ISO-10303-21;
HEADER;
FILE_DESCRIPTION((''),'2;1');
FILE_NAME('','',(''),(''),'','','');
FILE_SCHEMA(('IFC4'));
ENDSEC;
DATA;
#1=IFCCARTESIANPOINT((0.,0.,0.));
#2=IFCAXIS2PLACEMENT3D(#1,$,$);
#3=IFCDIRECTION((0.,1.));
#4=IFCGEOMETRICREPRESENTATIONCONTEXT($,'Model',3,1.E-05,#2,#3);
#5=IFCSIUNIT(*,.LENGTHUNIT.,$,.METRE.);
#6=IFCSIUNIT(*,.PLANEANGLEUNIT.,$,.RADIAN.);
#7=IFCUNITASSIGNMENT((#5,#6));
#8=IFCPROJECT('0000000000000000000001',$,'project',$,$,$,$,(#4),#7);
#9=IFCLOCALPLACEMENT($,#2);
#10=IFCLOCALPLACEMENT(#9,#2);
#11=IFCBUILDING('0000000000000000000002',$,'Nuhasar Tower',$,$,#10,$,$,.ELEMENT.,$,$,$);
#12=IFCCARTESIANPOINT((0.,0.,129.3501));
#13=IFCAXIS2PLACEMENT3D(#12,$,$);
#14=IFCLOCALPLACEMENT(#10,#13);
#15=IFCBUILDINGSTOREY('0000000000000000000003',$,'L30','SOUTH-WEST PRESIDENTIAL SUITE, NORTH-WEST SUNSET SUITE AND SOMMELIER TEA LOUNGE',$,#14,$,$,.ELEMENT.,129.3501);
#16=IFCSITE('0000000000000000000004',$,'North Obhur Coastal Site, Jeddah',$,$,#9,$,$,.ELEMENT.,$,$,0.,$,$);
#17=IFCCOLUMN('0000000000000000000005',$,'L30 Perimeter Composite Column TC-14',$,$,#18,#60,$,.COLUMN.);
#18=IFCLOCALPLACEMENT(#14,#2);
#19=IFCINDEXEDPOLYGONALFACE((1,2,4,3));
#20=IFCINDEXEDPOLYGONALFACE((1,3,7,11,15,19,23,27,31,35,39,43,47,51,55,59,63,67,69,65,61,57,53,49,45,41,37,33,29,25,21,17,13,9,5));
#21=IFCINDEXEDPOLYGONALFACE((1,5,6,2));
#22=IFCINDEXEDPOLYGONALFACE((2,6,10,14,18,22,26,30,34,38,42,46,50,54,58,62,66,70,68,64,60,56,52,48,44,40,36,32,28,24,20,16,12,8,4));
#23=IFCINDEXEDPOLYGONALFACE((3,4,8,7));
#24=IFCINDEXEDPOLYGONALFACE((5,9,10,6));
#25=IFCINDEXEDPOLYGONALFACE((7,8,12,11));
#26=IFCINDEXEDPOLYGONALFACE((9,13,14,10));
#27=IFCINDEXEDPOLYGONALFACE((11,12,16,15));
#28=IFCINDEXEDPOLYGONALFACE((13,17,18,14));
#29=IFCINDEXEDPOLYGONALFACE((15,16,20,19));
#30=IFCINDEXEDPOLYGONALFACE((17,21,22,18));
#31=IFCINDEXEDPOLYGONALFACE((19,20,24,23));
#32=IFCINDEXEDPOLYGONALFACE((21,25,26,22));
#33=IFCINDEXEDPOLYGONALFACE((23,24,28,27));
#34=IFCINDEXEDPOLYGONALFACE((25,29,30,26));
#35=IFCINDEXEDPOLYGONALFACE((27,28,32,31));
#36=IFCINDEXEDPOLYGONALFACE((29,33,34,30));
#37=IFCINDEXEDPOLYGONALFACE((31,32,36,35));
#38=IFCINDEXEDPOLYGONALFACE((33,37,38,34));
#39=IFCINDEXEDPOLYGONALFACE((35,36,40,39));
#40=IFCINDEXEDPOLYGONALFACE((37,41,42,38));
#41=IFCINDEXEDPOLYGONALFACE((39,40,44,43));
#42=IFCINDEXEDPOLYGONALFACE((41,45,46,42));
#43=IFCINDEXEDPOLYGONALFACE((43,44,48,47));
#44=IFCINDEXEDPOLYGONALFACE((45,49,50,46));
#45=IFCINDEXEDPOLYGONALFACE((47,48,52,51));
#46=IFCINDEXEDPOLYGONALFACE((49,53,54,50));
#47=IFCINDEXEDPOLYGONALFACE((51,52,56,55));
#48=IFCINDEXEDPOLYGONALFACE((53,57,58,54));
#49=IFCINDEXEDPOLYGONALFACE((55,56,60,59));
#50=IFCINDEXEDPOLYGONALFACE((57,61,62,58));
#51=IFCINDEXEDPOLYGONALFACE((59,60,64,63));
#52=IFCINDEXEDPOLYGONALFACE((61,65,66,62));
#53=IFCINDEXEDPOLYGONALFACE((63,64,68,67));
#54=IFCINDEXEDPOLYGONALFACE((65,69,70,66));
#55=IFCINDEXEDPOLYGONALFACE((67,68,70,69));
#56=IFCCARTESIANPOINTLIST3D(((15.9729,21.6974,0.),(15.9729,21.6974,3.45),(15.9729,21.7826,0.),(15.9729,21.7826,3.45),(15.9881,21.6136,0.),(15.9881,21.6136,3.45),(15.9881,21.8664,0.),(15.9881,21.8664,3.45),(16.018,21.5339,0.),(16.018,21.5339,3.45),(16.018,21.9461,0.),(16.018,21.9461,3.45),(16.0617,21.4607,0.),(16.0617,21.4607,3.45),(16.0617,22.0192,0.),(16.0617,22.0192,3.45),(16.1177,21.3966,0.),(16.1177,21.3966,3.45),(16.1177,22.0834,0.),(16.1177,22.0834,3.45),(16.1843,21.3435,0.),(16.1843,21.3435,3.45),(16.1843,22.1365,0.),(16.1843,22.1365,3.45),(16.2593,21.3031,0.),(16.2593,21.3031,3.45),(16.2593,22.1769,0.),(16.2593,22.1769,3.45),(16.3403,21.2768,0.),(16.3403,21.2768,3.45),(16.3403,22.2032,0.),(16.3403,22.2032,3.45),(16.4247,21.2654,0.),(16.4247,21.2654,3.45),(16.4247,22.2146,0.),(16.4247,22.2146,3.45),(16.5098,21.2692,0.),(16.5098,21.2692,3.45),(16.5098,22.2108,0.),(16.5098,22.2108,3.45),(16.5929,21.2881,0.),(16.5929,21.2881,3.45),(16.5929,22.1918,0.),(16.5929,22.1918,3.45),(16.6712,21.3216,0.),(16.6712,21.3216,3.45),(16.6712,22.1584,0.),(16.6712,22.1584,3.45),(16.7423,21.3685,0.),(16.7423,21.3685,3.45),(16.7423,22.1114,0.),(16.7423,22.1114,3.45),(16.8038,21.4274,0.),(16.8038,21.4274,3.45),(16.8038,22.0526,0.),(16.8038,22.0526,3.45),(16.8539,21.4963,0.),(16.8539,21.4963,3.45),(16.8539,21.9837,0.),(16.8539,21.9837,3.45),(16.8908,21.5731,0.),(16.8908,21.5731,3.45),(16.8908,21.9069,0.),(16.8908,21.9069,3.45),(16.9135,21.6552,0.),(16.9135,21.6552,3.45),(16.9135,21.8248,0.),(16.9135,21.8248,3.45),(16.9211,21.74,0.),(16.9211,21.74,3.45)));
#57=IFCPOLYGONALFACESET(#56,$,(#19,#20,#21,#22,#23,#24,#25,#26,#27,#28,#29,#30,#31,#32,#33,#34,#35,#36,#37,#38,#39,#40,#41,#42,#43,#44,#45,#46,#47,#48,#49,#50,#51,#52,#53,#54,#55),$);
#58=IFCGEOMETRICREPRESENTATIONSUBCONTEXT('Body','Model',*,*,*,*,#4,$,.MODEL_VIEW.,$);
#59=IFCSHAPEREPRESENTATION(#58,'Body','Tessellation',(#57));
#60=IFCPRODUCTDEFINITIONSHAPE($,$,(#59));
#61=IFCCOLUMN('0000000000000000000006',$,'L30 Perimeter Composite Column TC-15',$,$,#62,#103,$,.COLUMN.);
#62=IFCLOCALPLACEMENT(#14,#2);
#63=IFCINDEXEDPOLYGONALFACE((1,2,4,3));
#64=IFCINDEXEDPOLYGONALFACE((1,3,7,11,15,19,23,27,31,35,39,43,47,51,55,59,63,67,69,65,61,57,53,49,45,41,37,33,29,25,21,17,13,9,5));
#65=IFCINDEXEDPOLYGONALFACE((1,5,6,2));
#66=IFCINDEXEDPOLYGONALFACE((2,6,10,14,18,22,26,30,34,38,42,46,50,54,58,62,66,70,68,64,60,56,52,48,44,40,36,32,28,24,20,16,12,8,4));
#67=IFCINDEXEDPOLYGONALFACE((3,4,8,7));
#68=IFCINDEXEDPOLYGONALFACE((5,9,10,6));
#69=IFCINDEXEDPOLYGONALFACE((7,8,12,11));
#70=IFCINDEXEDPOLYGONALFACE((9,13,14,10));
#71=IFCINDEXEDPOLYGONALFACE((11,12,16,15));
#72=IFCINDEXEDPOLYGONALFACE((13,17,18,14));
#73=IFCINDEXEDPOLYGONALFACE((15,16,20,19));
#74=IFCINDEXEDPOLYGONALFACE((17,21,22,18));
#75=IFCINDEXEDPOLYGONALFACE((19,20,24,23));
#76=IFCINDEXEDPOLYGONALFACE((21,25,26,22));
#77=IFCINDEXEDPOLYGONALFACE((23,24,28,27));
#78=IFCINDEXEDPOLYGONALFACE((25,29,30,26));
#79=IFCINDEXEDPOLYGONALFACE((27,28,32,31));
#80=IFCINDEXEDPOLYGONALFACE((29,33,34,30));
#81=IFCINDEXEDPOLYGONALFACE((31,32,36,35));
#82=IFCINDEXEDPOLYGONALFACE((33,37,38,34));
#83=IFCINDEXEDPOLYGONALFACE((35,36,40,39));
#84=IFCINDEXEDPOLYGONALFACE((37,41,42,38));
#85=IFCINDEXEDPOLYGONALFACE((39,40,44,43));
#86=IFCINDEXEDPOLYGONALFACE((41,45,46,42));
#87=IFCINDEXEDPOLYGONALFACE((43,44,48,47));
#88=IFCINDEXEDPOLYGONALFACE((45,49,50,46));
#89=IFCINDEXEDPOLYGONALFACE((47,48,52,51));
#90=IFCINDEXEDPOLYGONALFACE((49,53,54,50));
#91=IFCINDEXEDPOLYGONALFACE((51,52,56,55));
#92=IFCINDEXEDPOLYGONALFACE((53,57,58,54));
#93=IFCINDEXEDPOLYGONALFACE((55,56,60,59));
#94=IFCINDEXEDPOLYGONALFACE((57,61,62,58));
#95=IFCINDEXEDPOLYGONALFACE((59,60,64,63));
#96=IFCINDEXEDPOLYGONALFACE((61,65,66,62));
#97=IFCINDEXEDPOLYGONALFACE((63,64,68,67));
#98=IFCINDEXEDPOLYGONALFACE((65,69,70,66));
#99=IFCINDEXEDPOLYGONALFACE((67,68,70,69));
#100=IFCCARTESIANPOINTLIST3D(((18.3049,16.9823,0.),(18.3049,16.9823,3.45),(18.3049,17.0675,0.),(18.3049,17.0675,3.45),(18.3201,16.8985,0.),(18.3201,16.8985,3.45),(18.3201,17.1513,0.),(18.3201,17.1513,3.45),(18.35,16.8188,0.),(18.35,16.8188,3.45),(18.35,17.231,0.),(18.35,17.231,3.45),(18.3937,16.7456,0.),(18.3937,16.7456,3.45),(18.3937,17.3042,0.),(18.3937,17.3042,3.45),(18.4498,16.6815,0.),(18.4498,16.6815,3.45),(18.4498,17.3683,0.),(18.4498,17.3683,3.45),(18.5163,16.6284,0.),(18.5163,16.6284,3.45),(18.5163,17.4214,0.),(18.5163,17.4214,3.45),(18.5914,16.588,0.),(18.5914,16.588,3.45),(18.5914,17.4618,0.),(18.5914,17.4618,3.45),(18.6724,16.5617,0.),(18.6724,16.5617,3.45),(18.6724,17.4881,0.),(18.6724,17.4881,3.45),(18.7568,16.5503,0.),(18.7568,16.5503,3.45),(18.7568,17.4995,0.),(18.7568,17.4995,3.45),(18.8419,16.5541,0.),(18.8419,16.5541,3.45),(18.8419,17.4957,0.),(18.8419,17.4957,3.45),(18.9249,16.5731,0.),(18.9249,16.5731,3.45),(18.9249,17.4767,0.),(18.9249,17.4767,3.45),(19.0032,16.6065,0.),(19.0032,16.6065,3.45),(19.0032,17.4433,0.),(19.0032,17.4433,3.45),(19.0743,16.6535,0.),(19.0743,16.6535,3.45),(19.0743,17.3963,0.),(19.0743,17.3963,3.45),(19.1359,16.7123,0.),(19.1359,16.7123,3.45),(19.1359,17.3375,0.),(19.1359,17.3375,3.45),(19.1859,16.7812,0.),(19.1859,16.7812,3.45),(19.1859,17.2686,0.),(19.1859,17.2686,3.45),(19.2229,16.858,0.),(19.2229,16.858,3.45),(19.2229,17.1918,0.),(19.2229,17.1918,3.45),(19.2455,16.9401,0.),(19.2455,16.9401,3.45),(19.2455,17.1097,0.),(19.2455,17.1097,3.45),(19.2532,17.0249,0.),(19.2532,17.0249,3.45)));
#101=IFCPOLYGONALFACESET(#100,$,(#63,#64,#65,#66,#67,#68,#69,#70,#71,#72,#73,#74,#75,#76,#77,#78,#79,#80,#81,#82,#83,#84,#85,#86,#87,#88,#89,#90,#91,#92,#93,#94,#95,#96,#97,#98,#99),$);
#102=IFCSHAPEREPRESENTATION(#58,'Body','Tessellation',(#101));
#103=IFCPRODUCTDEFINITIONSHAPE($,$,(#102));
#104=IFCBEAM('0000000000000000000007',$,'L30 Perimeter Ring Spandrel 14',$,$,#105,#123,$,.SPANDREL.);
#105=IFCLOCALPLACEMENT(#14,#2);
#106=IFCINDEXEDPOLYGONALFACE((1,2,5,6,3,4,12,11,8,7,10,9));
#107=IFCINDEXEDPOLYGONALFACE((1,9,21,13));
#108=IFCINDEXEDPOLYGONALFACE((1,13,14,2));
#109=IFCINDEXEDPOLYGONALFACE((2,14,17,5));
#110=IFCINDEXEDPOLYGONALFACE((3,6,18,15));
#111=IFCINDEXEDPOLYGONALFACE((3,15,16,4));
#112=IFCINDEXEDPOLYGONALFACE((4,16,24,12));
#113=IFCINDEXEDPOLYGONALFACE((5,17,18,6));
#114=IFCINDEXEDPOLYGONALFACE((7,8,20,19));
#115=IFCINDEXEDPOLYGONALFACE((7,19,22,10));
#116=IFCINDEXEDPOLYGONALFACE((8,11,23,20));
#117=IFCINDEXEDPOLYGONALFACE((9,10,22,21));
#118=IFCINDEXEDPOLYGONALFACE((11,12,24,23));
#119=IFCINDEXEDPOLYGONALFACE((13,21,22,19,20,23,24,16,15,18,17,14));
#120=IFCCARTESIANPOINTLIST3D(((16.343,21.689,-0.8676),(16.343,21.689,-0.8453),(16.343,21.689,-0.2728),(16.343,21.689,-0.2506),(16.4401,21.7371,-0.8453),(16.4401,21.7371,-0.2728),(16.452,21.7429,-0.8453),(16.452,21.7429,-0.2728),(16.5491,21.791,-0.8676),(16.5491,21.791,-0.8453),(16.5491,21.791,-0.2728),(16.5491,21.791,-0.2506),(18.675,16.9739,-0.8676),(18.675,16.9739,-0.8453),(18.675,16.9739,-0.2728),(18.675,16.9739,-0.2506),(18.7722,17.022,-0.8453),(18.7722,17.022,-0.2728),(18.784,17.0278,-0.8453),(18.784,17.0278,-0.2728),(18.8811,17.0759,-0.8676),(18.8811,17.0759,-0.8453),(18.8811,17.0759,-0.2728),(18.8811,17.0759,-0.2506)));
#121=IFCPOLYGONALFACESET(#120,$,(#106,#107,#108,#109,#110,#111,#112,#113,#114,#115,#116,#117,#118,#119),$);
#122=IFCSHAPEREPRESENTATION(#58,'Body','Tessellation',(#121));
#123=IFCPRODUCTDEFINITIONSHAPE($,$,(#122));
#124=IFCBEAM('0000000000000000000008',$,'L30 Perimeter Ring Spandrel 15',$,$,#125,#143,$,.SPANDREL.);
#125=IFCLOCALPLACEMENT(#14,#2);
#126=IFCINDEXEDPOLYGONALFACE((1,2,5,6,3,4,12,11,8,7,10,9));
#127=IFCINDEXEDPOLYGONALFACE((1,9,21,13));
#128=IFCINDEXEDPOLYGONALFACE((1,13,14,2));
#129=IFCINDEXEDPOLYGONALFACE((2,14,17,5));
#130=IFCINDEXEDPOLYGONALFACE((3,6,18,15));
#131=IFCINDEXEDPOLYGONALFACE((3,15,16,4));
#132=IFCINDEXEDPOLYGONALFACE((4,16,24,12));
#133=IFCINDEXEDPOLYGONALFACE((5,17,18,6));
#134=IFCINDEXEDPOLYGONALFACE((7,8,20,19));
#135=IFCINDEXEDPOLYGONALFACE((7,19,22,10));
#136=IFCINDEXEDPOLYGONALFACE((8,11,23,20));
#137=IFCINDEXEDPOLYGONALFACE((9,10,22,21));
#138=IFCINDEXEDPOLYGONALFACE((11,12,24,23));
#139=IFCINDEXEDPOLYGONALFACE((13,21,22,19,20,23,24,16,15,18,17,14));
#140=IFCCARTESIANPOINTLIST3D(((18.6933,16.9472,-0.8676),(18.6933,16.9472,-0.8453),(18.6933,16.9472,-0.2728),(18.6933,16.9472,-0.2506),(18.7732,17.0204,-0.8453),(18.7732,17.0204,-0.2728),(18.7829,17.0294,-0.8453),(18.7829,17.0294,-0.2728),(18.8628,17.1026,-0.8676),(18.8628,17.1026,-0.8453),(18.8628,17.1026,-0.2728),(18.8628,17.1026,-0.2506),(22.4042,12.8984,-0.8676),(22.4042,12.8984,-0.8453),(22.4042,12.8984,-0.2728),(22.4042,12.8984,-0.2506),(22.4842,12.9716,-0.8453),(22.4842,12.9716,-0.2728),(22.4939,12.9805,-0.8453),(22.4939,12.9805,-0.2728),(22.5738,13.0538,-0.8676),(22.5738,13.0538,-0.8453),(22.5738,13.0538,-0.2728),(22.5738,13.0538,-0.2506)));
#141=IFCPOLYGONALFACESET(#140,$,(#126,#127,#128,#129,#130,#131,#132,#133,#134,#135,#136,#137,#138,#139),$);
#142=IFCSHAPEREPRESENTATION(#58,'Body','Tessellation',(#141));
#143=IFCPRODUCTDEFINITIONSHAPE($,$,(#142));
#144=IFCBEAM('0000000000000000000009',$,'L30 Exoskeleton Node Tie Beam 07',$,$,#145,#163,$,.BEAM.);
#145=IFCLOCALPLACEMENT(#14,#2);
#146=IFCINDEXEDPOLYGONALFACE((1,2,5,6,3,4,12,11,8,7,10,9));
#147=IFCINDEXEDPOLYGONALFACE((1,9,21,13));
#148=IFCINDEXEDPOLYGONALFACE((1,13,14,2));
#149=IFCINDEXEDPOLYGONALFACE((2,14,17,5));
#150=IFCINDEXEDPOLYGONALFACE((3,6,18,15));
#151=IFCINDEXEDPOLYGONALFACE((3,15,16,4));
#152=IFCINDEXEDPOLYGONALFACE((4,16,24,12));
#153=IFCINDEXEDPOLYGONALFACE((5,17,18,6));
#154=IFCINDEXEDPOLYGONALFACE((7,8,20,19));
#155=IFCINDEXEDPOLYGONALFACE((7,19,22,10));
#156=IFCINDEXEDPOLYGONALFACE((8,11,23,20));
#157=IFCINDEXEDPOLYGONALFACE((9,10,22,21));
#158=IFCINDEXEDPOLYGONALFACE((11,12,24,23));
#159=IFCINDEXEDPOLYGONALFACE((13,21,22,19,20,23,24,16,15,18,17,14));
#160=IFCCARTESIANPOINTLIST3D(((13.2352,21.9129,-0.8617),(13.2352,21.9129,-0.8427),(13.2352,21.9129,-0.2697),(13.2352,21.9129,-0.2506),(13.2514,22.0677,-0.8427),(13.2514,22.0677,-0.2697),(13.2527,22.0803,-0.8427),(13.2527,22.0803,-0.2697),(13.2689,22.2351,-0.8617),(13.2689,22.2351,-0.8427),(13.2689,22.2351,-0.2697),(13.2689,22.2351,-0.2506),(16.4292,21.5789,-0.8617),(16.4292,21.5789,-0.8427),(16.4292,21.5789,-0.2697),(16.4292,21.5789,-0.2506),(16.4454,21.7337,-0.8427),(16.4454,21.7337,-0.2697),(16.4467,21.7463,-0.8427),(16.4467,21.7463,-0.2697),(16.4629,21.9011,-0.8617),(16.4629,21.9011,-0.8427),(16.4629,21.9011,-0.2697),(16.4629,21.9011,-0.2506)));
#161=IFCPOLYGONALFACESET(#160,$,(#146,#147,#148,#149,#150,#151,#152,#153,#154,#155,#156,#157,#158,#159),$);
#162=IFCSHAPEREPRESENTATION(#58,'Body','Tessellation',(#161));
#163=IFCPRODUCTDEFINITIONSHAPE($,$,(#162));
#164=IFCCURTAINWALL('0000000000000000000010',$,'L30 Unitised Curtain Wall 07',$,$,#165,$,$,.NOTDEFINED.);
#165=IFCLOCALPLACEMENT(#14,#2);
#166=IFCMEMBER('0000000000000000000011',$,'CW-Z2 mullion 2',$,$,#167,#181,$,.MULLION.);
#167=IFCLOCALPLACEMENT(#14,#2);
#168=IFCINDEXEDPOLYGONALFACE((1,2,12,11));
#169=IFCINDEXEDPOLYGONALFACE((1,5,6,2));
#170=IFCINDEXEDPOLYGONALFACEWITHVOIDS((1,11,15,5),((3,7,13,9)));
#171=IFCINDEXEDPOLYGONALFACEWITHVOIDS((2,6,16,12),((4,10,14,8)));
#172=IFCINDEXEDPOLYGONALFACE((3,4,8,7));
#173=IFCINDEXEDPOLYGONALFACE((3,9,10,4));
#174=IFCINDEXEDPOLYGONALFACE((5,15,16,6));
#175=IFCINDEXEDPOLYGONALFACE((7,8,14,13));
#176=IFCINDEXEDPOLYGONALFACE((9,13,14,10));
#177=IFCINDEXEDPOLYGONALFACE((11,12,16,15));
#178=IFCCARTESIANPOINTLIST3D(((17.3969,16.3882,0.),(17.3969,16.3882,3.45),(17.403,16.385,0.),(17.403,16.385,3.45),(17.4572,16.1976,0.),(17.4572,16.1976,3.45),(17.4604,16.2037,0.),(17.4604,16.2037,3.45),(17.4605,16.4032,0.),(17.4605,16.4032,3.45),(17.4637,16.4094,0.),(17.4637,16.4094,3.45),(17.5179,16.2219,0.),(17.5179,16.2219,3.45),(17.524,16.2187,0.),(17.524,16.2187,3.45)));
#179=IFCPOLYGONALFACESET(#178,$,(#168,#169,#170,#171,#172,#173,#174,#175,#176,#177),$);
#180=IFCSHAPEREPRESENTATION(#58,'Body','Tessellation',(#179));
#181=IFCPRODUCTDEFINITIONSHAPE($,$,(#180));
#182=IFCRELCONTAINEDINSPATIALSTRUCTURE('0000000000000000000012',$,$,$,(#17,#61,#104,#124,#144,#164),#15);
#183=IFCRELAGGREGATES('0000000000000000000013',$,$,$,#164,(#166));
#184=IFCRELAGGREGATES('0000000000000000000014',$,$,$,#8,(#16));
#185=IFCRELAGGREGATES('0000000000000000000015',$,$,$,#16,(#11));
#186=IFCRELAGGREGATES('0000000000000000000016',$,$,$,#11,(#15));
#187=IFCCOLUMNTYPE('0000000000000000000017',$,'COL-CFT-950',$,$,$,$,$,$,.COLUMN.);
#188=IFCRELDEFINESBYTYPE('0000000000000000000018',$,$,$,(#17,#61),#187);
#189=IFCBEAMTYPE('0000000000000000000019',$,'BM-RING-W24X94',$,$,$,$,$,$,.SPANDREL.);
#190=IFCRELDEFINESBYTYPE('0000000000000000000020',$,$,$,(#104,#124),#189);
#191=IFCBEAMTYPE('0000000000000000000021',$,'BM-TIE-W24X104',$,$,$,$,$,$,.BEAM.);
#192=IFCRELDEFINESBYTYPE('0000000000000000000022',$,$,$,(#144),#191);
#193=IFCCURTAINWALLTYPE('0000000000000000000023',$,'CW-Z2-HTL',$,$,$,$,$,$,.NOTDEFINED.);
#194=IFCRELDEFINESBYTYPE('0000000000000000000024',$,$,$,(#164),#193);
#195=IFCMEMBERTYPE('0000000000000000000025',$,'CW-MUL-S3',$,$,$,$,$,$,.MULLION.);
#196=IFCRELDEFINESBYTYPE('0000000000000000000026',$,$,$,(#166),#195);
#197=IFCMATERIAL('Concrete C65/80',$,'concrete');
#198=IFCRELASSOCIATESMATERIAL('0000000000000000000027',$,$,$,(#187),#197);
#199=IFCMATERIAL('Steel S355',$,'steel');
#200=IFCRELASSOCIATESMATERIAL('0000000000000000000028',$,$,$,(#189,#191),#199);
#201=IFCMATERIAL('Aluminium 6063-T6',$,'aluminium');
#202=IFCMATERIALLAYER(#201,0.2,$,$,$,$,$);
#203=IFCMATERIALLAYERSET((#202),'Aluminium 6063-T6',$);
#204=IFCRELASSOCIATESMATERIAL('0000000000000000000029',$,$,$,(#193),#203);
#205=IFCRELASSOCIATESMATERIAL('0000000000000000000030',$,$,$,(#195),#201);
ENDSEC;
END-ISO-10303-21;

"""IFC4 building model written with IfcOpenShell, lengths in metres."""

from ifc_helpers import new_model, si_unit, direction, frame, origin, origin_2d, place, context, subcontext, project, spatial, hollow_rectangle, circle, i_section, extrude, material, layer, layer_set, material_profile, profile_set, type_object, element, aggregate, save


model = new_model("IFC4")

# Units and contexts
model_context = context("Model", 3, precision=1e-05, world=origin(), true_north=direction((0.0, 1.0)))
body_context = subcontext(model_context, "Body", "Model", "MODEL_VIEW")
ifc_project = project(units=[si_unit("LENGTHUNIT", "METRE"), si_unit("PLANEANGLEUNIT", "RADIAN")], contexts=[model_context])

# Site, building, storey
site_placement = place(None, origin())
site = spatial("IfcSite", under=ifc_project, at=site_placement, Name="North Obhur Coastal Site, Jeddah", CompositionType="ELEMENT", RefElevation=0.0)
building_placement = place(site_placement, origin())
building = spatial("IfcBuilding", under=site, at=building_placement, Name="Nuhasar Tower", CompositionType="ELEMENT")
storey_placement = place(building_placement, frame((0.0, 0.0, 129.3501)))
storey = spatial("IfcBuildingStorey", under=building, at=storey_placement, Name="L30", Description="SOUTH-WEST PRESIDENTIAL SUITE, NORTH-WEST SUNSET SUITE AND SOMMELIER TEA LOUNGE", CompositionType="ELEMENT", Elevation=129.3501)

# Columns
ifc_material_1 = material(Name="Concrete C65/80", Category="concrete")
ifc_material_profile_1 = material_profile(ifc_material_1, circle(Radius=0.4751, at=origin_2d()), Name="CFT950")
ifc_profile_set_1 = profile_set([ifc_material_profile_1], Name="Concrete C65/80")
column_type = type_object("IfcColumnType", Name="COL-CFT-950", PredefinedType="COLUMN", material=ifc_profile_set_1)
for number, where, z_axis, x_axis, name in (
    (1, (16.446, 21.74, 0.0), (0.0, 0.0, 1.0), (1.0, 0.0, 0.0), "L30 Perimeter Composite Column TC-14"),
    (2, (18.7781, 17.0249, 0.0), (0.0, 0.0, 1.0), (1.0, 0.0, 0.0), "L30 Perimeter Composite Column TC-15"),
):
    element("IfcColumn", number, at=place(storey_placement, frame(where, z_axis=z_axis, x_axis=x_axis)), inside=storey, type_object=column_type, Name=name, PredefinedType="COLUMN", context=body_context, shape_type="SweptSolid", body=[
        extrude(circle(Radius=0.4751, at=origin_2d()), origin(), (0.0, 0.0, 1.0), 3.45),
    ])

# Beams
ifc_material_2 = material(Name="Steel S355", Category="steel")
ifc_material_profile_2 = material_profile(ifc_material_2, i_section(OverallWidth=0.23, OverallDepth=0.6169, WebThickness=0.0132, FlangeThickness=0.0222, at=origin_2d()), Name="W24X94")
ifc_profile_set_2 = profile_set([ifc_material_profile_2], Name="Steel S355")
beam_type_1 = type_object("IfcBeamType", Name="BM-RING-W24X94", PredefinedType="SPANDREL", material=ifc_profile_set_2)
beam_1_placement = place(storey_placement, frame((16.446, 21.74, -0.5591), z_axis=(0.443329, -0.896359, 0.0), x_axis=(0.896359, 0.443329, 0.0)))
element("IfcBeam", 3, at=beam_1_placement, inside=storey, type_object=beam_type_1, Name="L30 Perimeter Ring Spandrel 14", PredefinedType="SPANDREL", context=body_context, shape_type="SweptSolid", body=[
    extrude(i_section(OverallWidth=0.23, OverallDepth=0.6169, WebThickness=0.0132, FlangeThickness=0.0222, at=origin_2d()), origin(), (0.0, 0.0, 1.0), 5.2603),
])
beam_2_placement = place(storey_placement, frame((18.7781, 17.0249, -0.5591), z_axis=(0.675676, -0.737198, 0.0), x_axis=(0.737198, 0.675676, 0.0)))
element("IfcBeam", 4, at=beam_2_placement, inside=storey, type_object=beam_type_1, Name="L30 Perimeter Ring Spandrel 15", PredefinedType="SPANDREL", context=body_context, shape_type="SweptSolid", body=[
    extrude(i_section(OverallWidth=0.23, OverallDepth=0.6169, WebThickness=0.0132, FlangeThickness=0.0222, at=origin_2d()), origin(), (0.0, 0.0, 1.0), 5.4922),
])
ifc_material_profile_3 = material_profile(ifc_material_2, i_section(OverallWidth=0.324, OverallDepth=0.6111, WebThickness=0.0127, FlangeThickness=0.019, at=origin_2d()), Name="W24X104")
ifc_profile_set_3 = profile_set([ifc_material_profile_3], Name="Steel S355")
beam_type_2 = type_object("IfcBeamType", Name="BM-TIE-W24X104", PredefinedType="BEAM", material=ifc_profile_set_3)
beam_3_placement = place(storey_placement, frame((16.446, 21.74, -0.5562), z_axis=(-0.994578, 0.103996, 0.0), x_axis=(-0.103996, -0.994578, 0.0)))
element("IfcBeam", 5, at=beam_3_placement, inside=storey, type_object=beam_type_2, Name="L30 Exoskeleton Node Tie Beam 07", PredefinedType="BEAM", context=body_context, shape_type="SweptSolid", body=[
    extrude(i_section(OverallWidth=0.324, OverallDepth=0.6111, WebThickness=0.0127, FlangeThickness=0.019, at=origin_2d()), origin(), (0.0, 0.0, 1.0), 3.2114),
])

# Curtain wall, member
ifc_material_3 = material(Name="Aluminium 6063-T6", Category="aluminium")
ifc_layer_1 = layer(ifc_material_3, 0.2)
ifc_layer_set_1 = layer_set([ifc_layer_1], Name="Aluminium 6063-T6")
curtain_wall_type = type_object("IfcCurtainWallType", Name="CW-Z2-HTL", PredefinedType="NOTDEFINED", material=ifc_layer_set_1)
curtain_wall_1_placement = place(storey_placement, origin())
curtain_wall_1 = element("IfcCurtainWall", 6, at=curtain_wall_1_placement, inside=storey, type_object=curtain_wall_type, Name="L30 Unitised Curtain Wall 07", PredefinedType="NOTDEFINED")
ifc_material_profile_4 = material_profile(ifc_material_3, hollow_rectangle(XDim=0.0701, YDim=0.2, WallThickness=0.0049, at=origin_2d()), Name="CWM-3")
ifc_profile_set_4 = profile_set([ifc_material_profile_4], Name="Aluminium 6063-T6")
member_type_1 = type_object("IfcMemberType", Name="CW-MUL-S3", PredefinedType="MULLION", material=ifc_profile_set_4)
member_1_placement = place(storey_placement, frame((17.4604, 16.3035, 0.0), z_axis=(0.0, 0.0, 1.0), x_axis=(0.953433, 0.301604, 0.0)))
member_1 = element("IfcMember", 7, at=member_1_placement, type_object=member_type_1, Name="CW-Z2 mullion 2", PredefinedType="MULLION", context=body_context, shape_type="SweptSolid", body=[
    extrude(hollow_rectangle(XDim=0.0701, YDim=0.2, WallThickness=0.0049, at=origin_2d()), origin(), (0.0, 0.0, 1.0), 3.45),
])

aggregate(curtain_wall_1, [member_1])

save(model, "model.ifc")
